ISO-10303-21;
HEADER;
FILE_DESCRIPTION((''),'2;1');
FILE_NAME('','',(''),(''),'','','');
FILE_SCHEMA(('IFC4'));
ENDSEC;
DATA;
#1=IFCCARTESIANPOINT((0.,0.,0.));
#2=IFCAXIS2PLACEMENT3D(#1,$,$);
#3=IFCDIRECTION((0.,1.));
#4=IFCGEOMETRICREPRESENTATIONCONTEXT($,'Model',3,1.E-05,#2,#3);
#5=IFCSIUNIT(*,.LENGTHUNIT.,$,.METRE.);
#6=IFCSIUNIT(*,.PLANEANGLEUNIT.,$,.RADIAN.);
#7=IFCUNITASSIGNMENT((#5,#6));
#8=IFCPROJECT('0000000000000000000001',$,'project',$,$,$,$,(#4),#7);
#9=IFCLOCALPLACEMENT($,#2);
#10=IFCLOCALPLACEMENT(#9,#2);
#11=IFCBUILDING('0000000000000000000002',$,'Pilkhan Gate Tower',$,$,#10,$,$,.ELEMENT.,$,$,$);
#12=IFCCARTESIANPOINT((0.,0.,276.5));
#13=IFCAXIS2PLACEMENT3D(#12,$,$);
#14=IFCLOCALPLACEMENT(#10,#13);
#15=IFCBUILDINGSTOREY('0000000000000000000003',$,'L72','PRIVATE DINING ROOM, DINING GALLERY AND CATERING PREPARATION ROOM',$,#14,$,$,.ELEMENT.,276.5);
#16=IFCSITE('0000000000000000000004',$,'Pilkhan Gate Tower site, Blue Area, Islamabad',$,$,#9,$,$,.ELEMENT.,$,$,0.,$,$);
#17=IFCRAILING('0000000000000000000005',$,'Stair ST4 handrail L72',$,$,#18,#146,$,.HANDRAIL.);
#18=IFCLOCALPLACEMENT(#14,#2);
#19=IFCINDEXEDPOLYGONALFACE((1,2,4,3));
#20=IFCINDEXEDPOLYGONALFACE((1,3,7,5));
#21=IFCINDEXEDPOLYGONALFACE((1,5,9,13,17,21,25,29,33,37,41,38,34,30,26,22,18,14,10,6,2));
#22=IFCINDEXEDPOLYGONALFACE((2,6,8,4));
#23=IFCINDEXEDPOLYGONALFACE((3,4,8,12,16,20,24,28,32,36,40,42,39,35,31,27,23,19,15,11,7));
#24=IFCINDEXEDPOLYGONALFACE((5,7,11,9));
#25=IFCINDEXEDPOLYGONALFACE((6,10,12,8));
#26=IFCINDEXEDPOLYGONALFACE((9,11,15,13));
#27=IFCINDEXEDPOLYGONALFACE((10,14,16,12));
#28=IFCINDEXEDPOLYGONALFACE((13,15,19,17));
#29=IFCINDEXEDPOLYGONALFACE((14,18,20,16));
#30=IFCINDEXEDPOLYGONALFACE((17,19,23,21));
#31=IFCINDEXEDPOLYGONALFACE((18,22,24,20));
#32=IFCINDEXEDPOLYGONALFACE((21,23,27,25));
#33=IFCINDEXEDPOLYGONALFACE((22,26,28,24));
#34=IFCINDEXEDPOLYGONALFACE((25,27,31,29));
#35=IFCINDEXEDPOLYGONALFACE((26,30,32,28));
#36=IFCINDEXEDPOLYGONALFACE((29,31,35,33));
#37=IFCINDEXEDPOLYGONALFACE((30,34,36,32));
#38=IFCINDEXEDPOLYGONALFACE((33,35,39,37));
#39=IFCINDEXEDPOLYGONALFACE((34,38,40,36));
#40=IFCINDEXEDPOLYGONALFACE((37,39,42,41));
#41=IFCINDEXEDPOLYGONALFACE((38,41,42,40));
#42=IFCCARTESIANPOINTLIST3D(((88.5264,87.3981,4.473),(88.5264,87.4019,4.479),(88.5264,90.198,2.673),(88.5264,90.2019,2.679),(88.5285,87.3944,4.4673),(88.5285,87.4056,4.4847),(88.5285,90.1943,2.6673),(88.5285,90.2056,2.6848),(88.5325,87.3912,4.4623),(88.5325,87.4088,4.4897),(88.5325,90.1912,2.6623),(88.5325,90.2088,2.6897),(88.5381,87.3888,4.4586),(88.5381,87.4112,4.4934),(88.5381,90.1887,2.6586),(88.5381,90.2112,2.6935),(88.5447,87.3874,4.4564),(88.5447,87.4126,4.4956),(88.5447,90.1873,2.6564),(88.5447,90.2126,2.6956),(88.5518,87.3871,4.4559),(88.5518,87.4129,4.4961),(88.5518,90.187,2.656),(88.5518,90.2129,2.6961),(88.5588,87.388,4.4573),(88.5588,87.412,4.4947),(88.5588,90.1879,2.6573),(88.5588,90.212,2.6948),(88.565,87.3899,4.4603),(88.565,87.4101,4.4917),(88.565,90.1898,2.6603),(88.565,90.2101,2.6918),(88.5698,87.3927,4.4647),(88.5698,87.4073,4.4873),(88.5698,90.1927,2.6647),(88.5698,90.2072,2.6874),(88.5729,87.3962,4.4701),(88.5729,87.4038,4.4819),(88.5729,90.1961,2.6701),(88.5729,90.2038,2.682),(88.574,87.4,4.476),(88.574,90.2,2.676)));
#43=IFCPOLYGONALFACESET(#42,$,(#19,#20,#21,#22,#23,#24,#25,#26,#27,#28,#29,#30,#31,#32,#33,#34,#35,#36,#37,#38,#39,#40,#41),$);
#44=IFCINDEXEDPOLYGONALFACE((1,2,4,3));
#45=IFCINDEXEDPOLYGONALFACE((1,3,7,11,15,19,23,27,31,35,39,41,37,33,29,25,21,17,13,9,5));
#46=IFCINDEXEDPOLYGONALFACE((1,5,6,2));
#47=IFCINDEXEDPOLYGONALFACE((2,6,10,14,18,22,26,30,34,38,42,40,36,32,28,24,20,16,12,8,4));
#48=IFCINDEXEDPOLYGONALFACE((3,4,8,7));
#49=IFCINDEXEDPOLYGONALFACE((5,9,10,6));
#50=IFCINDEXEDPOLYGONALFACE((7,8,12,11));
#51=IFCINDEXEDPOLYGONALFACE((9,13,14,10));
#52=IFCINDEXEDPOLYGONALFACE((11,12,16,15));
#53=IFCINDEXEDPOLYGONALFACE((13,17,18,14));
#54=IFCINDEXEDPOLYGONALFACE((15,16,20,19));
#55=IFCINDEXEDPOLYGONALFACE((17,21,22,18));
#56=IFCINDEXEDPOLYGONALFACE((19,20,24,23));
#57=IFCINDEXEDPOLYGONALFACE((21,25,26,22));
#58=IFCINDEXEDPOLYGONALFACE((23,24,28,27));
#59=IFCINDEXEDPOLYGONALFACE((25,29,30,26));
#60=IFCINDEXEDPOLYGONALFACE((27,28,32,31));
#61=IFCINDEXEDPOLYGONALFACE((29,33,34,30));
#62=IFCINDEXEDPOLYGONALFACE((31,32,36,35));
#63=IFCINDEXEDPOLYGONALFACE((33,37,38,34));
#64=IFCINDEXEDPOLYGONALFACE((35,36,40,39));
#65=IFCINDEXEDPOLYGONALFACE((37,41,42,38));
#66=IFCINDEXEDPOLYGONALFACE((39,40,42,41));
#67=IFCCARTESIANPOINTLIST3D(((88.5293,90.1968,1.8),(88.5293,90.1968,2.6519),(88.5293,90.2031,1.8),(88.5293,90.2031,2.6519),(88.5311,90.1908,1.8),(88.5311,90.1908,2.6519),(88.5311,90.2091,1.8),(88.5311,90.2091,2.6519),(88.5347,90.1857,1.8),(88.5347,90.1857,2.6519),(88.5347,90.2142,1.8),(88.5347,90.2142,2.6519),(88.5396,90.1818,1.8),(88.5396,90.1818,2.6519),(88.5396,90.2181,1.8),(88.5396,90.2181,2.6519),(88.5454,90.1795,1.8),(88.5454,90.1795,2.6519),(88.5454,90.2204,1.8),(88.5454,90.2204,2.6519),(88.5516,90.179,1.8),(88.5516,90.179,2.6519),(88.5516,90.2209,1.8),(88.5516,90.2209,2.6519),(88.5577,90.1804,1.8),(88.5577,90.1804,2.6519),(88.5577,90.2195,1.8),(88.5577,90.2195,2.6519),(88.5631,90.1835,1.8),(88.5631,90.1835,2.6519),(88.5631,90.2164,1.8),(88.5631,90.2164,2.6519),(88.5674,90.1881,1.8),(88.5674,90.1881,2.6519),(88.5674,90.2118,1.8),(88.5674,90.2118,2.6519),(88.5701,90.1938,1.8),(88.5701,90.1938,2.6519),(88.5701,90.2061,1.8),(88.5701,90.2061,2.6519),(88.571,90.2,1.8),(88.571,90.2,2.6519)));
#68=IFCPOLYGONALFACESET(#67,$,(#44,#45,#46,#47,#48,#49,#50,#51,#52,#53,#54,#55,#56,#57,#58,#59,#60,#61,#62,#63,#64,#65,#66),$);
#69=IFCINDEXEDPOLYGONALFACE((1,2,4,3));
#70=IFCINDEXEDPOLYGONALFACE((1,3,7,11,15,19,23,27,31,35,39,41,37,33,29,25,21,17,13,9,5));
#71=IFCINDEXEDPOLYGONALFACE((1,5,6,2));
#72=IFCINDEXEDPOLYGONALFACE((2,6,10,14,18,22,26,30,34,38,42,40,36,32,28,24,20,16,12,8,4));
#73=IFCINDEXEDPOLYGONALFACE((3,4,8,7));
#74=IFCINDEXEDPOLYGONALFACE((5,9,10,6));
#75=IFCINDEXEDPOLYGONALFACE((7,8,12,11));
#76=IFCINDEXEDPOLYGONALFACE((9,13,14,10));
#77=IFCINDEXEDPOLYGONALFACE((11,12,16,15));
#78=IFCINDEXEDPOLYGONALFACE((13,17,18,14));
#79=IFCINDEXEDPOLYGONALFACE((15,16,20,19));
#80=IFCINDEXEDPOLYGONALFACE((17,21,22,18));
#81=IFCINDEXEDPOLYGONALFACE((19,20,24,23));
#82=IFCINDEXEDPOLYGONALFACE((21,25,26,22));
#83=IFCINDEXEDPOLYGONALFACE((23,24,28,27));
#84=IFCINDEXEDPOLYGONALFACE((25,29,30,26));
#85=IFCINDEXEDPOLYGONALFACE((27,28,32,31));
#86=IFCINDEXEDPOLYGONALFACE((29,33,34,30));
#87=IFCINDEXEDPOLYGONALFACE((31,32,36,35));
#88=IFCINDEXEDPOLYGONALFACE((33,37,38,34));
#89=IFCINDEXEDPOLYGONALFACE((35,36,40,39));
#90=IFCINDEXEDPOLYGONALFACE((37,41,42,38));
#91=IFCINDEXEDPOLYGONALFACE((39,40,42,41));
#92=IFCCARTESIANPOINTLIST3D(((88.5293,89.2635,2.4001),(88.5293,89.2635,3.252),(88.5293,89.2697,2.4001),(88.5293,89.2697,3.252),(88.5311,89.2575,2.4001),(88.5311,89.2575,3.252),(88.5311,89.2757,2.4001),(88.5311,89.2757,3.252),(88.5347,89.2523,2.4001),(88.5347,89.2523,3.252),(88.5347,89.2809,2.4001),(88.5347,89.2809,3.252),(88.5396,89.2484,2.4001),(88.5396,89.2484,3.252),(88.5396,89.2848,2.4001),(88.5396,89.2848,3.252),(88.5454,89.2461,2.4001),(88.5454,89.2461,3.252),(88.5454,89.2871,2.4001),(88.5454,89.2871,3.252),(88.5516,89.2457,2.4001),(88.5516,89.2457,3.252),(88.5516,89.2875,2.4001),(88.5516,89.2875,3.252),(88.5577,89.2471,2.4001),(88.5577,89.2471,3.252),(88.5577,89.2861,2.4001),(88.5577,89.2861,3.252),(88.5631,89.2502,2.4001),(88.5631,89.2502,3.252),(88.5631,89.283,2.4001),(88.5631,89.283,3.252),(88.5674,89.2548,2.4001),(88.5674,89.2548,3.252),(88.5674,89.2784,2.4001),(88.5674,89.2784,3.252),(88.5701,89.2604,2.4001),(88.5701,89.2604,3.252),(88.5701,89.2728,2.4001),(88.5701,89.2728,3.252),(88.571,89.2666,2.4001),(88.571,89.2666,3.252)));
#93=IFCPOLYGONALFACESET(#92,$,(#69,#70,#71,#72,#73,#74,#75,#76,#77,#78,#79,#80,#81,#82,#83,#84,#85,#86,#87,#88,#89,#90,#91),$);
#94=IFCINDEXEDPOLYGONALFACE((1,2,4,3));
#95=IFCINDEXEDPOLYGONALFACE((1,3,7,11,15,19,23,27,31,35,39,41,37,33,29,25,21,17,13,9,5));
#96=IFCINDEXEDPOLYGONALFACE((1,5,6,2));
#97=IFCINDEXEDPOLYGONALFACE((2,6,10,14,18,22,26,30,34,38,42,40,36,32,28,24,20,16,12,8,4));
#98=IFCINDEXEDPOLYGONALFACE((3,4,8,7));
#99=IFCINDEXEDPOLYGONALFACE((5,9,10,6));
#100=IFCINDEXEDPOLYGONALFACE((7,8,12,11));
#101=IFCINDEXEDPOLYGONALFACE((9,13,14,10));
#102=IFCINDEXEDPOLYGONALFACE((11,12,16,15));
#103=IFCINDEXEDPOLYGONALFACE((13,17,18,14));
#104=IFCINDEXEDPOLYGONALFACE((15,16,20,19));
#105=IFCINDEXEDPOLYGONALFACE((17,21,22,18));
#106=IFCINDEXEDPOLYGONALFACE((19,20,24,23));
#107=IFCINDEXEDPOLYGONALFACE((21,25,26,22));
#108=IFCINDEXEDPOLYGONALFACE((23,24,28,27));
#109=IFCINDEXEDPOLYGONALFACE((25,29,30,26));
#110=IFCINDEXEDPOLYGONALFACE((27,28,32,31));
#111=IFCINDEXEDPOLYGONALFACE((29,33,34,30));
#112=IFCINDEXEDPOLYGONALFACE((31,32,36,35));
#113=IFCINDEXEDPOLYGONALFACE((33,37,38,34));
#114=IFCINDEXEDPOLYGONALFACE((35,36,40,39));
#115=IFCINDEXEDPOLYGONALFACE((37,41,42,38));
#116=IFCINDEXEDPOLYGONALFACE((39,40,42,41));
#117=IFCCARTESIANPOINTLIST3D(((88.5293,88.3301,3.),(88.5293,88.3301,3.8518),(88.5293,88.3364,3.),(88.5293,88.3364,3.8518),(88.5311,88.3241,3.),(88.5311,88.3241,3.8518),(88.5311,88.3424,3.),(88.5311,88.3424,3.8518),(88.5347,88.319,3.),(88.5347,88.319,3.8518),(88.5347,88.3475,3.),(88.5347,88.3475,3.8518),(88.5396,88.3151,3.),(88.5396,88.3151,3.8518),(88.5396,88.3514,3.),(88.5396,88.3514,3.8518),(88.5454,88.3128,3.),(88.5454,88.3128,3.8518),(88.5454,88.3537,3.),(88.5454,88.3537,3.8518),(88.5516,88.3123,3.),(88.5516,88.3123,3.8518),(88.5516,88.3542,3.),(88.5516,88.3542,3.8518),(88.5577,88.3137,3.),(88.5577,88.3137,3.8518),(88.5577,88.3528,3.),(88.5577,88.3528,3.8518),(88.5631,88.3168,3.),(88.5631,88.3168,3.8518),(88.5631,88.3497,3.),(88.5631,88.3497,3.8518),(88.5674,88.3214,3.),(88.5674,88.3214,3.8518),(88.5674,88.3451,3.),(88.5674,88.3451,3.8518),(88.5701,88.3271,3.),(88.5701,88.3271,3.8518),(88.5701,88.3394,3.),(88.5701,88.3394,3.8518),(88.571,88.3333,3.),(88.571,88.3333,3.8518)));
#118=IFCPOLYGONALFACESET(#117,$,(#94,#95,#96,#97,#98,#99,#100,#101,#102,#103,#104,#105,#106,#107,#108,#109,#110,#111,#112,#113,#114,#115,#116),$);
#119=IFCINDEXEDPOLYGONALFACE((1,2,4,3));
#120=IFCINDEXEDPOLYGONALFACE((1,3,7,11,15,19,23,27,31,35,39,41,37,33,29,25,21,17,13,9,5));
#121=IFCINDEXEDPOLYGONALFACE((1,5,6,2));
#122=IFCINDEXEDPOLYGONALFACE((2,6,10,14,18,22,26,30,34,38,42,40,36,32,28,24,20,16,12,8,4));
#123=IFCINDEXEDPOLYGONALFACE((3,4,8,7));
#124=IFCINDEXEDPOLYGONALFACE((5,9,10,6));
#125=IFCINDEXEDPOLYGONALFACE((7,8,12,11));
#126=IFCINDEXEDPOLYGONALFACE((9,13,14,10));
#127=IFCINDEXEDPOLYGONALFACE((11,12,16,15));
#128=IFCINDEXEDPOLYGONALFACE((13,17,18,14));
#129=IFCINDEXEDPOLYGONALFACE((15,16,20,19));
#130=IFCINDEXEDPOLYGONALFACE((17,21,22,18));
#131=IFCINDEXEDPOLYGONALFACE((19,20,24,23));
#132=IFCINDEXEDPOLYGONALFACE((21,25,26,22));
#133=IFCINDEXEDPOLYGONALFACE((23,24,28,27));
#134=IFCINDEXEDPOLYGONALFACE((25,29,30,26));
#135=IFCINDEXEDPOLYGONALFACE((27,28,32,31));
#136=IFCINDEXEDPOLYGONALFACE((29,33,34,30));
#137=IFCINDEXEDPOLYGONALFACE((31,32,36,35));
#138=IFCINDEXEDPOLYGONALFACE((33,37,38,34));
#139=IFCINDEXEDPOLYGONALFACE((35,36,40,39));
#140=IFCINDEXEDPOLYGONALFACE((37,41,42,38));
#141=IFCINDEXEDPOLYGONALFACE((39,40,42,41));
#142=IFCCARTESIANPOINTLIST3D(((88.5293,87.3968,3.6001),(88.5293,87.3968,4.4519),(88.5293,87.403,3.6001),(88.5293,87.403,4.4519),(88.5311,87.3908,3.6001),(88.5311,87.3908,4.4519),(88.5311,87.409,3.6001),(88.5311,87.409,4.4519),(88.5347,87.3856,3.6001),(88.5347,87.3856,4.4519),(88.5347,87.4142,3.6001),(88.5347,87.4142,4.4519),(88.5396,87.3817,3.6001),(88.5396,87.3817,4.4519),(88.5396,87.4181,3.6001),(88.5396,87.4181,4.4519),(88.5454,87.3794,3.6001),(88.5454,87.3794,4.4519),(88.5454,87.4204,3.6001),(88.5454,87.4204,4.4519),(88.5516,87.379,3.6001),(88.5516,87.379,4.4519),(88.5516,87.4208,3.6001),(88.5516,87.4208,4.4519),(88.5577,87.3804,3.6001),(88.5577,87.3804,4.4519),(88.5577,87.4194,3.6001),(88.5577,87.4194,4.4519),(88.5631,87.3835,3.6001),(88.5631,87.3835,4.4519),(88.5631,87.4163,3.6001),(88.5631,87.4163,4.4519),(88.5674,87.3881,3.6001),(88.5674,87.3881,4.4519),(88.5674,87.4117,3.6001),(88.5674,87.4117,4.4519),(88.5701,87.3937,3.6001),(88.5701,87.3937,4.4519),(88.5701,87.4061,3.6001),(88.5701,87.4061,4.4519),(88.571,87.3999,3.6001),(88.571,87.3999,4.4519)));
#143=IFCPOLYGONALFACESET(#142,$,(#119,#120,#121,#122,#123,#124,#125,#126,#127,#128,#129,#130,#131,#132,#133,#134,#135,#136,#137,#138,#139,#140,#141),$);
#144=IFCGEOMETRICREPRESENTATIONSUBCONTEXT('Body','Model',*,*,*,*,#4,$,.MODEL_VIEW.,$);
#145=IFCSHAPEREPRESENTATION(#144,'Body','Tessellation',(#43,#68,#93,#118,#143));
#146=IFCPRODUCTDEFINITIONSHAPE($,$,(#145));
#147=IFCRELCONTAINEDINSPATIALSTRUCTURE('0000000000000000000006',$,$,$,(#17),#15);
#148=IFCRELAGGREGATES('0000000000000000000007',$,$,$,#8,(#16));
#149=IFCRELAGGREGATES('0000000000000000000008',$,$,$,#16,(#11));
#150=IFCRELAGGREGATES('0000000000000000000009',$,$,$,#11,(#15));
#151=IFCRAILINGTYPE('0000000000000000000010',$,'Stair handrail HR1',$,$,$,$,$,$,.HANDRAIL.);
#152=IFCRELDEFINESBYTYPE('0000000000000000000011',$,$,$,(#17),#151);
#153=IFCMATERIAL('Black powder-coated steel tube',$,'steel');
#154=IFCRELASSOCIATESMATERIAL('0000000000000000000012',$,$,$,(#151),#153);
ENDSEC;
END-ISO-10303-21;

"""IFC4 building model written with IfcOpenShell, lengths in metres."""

from ifc_helpers import new_model, si_unit, direction, frame, origin, origin_2d, place, context, subcontext, project, spatial, circle, extrude, material, type_object, element, save


model = new_model("IFC4")

# Units and contexts
model_context = context("Model", 3, precision=1e-05, world=origin(), true_north=direction((0.0, 1.0)))
body_context = subcontext(model_context, "Body", "Model", "MODEL_VIEW")
ifc_project = project(units=[si_unit("LENGTHUNIT", "METRE"), si_unit("PLANEANGLEUNIT", "RADIAN")], contexts=[model_context])

# Site, building, storey
site_placement = place(None, origin())
site = spatial("IfcSite", under=ifc_project, at=site_placement, Name="Pilkhan Gate Tower site, Blue Area, Islamabad", CompositionType="ELEMENT", RefElevation=0.0)
building_placement = place(site_placement, origin())
building = spatial("IfcBuilding", under=site, at=building_placement, Name="Pilkhan Gate Tower", CompositionType="ELEMENT")
storey_placement = place(building_placement, frame((0.0, 0.0, 276.5)))
storey = spatial("IfcBuildingStorey", under=building, at=storey_placement, Name="L72", Description="PRIVATE DINING ROOM, DINING GALLERY AND CATERING PREPARATION ROOM", CompositionType="ELEMENT", Elevation=276.5)

# Railing
ifc_material_1 = material(Name="Black powder-coated steel tube", Category="steel")
railing_type_1 = type_object("IfcRailingType", Name="Stair handrail HR1", PredefinedType="HANDRAIL", material=ifc_material_1)
railing_1_placement = place(storey_placement, frame((88.55, 90.2, 1.8)))
element("IfcRailing", 1, at=railing_1_placement, inside=storey, type_object=railing_type_1, Name="Stair ST4 handrail L72", PredefinedType="HANDRAIL", context=body_context, shape_type="SweptSolid", body=[
    extrude(circle(Radius=0.0239, at=origin_2d()), frame((0.0, 0.0, 0.876), z_axis=(0.0, -0.841176, 0.540761), x_axis=(1.0, 0.0, 0.0)), (0.0, 0.0, 1.0), 3.3286),
    extrude(circle(Radius=0.021, at=origin_2d()), origin(), (0.0, 0.0, 1.0), 0.8518),
    extrude(circle(Radius=0.021, at=origin_2d()), frame((0.0, -0.9333, 0.6001)), (0.0, 0.0, 1.0), 0.8518),
    extrude(circle(Radius=0.021, at=origin_2d()), frame((0.0, -1.8667, 1.2)), (0.0, 0.0, 1.0), 0.8518),
    extrude(circle(Radius=0.021, at=origin_2d()), frame((0.0, -2.8, 1.8)), (0.0, 0.0, 1.0), 0.8518),
])

save(model, "model.ifc")
